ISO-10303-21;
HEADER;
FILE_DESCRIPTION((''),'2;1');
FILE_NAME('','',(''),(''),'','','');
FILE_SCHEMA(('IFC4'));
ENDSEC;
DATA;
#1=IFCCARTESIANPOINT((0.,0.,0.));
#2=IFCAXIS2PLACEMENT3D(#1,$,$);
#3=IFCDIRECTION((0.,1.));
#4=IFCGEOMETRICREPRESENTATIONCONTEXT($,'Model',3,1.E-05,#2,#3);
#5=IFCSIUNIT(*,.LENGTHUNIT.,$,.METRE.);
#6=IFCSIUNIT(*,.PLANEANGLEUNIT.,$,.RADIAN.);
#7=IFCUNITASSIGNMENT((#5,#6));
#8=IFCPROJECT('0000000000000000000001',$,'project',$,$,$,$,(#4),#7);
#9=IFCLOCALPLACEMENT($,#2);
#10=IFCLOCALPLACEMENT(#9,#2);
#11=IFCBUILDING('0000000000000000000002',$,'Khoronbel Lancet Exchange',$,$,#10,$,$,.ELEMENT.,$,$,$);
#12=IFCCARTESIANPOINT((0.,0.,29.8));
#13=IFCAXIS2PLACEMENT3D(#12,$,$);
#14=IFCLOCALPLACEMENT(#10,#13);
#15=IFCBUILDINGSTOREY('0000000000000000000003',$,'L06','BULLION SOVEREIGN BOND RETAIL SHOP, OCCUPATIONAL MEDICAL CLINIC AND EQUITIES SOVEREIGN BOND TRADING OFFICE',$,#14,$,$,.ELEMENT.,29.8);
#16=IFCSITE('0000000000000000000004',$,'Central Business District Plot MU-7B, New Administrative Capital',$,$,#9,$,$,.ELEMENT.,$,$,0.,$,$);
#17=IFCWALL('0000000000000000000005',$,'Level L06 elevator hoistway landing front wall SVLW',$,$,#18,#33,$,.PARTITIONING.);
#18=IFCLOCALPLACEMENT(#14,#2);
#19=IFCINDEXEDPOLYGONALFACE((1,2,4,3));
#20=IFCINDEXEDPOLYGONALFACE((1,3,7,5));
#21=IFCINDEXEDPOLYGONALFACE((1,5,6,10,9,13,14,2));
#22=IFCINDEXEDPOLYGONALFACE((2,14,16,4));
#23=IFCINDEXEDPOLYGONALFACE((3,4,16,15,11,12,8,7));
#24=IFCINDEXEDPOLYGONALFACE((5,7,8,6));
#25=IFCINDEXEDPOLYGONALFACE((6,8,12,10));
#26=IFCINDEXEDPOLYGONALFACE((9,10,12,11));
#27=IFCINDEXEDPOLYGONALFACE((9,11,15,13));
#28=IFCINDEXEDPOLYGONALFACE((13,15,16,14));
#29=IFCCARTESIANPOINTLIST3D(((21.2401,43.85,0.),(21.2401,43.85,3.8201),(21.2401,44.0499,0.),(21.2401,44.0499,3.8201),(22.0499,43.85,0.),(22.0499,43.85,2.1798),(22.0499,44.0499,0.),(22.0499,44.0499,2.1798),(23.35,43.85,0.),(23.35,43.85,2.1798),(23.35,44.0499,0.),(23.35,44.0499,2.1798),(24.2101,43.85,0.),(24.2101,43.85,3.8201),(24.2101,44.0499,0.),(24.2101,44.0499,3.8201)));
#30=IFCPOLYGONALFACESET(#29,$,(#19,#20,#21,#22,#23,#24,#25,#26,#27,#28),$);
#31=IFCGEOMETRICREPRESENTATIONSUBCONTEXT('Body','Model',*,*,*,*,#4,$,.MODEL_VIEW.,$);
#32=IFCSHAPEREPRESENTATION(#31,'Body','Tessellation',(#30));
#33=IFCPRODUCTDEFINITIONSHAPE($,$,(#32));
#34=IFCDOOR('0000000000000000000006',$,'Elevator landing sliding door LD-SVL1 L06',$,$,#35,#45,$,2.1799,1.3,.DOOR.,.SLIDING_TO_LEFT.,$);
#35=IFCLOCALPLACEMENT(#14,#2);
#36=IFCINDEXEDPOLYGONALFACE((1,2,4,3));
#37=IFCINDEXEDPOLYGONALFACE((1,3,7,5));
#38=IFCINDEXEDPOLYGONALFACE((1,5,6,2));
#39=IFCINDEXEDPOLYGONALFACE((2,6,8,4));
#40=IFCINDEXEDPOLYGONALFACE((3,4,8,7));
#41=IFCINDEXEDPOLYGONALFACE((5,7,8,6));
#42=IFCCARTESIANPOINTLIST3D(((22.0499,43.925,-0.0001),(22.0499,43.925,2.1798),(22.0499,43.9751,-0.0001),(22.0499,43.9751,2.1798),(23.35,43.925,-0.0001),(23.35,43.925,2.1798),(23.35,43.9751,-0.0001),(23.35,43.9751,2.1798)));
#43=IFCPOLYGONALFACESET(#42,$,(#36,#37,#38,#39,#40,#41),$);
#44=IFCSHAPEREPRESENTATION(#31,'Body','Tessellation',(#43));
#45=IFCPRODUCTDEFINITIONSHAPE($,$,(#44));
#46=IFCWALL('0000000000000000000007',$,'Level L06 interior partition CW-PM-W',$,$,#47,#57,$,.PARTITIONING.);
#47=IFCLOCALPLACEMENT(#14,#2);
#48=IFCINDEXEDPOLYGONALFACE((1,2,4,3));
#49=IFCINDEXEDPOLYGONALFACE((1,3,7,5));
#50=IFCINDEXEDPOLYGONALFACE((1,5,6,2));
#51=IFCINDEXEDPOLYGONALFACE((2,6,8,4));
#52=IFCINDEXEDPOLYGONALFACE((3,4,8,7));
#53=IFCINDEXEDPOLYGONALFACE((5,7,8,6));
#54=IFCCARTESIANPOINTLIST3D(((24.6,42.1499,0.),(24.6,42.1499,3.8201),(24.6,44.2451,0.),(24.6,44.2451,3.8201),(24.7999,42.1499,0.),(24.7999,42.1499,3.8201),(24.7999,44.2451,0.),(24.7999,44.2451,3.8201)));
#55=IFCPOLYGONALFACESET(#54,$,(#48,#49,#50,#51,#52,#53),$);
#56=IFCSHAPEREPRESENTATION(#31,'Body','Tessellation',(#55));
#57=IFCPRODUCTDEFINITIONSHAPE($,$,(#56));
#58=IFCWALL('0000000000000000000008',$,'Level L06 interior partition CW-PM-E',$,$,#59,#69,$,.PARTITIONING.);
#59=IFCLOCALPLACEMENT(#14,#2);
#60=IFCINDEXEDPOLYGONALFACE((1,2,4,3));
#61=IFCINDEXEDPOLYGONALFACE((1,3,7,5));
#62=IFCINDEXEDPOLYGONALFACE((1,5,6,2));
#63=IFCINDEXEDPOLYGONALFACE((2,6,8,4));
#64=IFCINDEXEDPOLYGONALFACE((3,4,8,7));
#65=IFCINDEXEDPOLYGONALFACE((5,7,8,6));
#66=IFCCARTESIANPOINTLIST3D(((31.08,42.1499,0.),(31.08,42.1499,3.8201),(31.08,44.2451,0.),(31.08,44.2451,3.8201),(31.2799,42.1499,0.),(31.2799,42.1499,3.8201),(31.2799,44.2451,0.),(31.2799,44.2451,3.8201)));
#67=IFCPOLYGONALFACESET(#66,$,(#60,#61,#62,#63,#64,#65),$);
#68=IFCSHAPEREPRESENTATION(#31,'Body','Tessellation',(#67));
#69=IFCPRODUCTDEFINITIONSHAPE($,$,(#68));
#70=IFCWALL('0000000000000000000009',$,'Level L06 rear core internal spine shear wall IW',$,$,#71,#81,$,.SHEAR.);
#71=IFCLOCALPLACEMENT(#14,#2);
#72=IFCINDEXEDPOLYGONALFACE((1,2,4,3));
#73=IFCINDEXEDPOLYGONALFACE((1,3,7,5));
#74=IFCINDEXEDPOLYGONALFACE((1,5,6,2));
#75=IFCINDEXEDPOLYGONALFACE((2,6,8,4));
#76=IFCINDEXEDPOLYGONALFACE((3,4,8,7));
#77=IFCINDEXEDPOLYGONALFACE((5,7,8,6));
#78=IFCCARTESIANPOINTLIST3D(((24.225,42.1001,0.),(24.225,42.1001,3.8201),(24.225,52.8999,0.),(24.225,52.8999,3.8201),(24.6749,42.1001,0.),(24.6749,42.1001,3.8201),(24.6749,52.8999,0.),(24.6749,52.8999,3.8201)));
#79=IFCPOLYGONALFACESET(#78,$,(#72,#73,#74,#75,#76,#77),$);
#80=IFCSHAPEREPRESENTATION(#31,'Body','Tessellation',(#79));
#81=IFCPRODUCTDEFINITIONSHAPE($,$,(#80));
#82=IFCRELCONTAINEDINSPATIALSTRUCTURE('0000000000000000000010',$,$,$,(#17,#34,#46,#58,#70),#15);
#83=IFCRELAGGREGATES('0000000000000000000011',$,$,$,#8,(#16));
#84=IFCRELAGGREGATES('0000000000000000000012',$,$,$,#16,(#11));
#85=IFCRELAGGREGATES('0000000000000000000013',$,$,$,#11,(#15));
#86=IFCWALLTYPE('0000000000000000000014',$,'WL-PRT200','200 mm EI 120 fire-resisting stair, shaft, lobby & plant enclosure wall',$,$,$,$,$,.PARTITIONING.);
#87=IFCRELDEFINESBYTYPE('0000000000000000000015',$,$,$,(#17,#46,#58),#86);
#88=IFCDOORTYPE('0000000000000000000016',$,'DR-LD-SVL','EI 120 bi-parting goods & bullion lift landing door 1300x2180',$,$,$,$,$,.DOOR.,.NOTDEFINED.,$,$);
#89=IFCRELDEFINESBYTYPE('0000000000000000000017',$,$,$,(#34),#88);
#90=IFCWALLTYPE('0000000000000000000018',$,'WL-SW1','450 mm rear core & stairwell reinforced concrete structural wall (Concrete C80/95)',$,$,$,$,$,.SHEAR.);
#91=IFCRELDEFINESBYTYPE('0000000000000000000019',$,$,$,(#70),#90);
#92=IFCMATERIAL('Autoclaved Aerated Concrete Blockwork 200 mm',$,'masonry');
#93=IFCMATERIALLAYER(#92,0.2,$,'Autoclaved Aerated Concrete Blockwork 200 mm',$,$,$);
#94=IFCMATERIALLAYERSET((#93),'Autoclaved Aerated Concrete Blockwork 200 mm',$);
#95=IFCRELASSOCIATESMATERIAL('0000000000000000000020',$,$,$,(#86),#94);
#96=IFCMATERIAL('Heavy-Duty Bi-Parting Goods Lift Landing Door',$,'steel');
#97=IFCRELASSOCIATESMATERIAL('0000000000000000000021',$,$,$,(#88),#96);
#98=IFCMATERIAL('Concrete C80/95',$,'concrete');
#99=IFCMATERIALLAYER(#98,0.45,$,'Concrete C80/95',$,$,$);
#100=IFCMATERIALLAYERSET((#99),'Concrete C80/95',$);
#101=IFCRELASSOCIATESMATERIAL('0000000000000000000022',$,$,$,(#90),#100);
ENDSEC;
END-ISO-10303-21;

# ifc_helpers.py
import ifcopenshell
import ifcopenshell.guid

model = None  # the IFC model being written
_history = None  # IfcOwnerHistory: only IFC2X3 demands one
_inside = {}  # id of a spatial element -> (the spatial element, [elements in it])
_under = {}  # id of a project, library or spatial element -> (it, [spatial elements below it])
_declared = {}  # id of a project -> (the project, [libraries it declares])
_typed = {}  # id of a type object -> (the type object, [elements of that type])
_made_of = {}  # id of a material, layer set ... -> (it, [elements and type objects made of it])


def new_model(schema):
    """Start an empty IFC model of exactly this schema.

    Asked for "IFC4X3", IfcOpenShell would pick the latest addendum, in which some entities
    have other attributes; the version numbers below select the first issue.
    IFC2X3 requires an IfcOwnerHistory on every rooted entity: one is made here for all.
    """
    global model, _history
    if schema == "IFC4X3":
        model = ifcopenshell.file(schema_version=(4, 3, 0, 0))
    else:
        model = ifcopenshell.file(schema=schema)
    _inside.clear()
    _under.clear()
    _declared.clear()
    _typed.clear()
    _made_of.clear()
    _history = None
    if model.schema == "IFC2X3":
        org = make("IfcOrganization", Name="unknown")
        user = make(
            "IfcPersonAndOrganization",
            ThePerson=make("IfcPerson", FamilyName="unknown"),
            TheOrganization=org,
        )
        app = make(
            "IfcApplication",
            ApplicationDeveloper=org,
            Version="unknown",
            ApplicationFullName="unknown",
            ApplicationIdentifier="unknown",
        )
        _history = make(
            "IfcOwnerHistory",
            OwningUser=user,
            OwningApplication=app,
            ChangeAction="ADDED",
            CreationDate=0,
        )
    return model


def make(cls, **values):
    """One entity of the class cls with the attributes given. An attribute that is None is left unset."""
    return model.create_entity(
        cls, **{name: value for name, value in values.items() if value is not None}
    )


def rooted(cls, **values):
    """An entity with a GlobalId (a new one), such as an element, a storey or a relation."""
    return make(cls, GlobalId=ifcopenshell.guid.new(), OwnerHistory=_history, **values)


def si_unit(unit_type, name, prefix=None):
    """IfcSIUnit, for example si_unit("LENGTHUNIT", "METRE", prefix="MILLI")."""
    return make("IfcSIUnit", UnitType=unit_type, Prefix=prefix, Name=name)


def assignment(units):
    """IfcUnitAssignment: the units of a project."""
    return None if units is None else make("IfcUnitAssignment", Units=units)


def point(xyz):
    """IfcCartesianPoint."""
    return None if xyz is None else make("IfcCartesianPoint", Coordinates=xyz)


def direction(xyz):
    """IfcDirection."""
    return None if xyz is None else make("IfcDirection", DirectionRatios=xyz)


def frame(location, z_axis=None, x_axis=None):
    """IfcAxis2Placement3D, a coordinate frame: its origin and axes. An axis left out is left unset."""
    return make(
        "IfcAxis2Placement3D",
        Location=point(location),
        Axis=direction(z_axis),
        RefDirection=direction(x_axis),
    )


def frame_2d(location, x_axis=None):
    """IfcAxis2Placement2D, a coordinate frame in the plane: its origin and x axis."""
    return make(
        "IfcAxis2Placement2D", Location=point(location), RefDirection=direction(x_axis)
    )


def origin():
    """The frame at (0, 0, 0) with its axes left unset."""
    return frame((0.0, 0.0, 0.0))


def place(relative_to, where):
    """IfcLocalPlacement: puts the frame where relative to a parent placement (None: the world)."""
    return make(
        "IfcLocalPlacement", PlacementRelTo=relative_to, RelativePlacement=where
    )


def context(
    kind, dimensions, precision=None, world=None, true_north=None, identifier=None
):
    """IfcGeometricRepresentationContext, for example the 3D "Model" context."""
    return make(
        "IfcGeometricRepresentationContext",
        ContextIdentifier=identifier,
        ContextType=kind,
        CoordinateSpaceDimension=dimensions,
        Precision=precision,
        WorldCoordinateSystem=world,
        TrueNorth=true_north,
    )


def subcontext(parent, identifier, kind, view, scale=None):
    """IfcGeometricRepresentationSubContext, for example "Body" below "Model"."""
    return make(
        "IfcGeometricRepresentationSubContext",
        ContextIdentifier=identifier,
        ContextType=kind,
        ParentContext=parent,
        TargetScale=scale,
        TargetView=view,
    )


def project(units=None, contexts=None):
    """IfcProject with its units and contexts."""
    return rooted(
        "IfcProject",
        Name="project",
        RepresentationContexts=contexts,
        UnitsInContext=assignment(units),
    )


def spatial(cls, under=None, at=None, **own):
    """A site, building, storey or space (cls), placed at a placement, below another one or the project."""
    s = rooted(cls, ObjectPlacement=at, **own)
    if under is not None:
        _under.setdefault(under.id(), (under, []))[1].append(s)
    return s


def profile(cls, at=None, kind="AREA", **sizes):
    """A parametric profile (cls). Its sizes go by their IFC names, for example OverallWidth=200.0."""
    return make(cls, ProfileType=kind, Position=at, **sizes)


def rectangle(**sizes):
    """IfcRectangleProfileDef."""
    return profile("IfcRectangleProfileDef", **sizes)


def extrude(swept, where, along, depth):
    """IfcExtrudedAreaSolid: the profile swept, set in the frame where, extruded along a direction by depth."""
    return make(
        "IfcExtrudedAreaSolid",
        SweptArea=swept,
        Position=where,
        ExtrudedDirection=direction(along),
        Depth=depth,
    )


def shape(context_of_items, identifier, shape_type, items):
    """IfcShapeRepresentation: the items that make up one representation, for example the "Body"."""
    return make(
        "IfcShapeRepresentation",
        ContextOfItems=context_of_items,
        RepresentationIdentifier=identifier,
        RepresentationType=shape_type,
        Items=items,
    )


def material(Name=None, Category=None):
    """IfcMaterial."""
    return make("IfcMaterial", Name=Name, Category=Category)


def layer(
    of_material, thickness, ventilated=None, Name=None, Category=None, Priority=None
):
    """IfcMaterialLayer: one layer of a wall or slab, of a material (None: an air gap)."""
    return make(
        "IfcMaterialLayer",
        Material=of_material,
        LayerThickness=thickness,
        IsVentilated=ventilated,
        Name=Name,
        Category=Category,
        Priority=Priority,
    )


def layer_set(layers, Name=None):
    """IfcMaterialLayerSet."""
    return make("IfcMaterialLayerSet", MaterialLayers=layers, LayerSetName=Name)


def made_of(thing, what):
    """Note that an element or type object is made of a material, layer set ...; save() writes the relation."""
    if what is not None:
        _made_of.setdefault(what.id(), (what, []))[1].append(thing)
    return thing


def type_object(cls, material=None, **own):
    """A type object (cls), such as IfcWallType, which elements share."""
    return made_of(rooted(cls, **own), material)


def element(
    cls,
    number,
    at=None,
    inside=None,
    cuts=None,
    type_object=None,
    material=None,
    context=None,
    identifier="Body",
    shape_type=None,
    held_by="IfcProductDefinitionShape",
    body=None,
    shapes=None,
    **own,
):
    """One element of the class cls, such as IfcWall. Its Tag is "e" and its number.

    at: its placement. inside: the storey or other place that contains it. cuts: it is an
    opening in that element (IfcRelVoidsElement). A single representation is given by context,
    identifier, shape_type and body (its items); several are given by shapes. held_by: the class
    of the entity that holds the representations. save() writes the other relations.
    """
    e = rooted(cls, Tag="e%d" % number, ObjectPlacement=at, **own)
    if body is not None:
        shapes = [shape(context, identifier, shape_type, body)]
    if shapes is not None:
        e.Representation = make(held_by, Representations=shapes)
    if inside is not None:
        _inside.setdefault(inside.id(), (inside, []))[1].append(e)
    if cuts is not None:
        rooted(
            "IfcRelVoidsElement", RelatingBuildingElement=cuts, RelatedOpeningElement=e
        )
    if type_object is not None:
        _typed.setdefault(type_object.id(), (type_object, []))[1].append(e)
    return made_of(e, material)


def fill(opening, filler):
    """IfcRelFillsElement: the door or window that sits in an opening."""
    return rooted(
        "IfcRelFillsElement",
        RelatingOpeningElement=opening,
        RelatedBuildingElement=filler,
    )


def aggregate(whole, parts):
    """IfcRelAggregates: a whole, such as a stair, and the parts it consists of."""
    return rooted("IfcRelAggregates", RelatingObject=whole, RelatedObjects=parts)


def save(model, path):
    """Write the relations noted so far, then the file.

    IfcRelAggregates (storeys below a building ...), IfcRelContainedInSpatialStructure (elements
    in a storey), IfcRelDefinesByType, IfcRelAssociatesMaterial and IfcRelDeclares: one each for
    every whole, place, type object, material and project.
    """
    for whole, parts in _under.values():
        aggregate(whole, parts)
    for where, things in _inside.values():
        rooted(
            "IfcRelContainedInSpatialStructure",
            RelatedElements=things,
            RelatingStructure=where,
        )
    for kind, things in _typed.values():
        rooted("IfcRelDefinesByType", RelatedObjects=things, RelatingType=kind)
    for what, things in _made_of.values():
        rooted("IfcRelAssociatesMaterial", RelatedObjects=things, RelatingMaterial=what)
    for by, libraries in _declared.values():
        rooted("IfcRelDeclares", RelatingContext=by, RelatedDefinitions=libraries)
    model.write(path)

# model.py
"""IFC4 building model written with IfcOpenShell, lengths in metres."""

from ifc_helpers import new_model, si_unit, direction, frame, frame_2d, origin, place, context, subcontext, project, spatial, rectangle, extrude, material, layer, layer_set, type_object, element, fill, save


model = new_model("IFC4")

# Units and contexts
model_context = context("Model", 3, precision=1e-05, world=origin(), true_north=direction((0.0, 1.0)))
body_context = subcontext(model_context, "Body", "Model", "MODEL_VIEW")
ifc_project = project(units=[si_unit("LENGTHUNIT", "METRE"), si_unit("PLANEANGLEUNIT", "RADIAN")], contexts=[model_context])

# Site, building, storey
site_placement = place(None, origin())
site = spatial("IfcSite", under=ifc_project, at=site_placement, Name="Central Business District Plot MU-7B, New Administrative Capital", CompositionType="ELEMENT", RefElevation=0.0)
building_placement = place(site_placement, origin())
building = spatial("IfcBuilding", under=site, at=building_placement, Name="Khoronbel Lancet Exchange", CompositionType="ELEMENT")
storey_placement = place(building_placement, frame((0.0, 0.0, 29.8)))
storey = spatial("IfcBuildingStorey", under=building, at=storey_placement, Name="L06", Description="BULLION SOVEREIGN BOND RETAIL SHOP, OCCUPATIONAL MEDICAL CLINIC AND EQUITIES SOVEREIGN BOND TRADING OFFICE", CompositionType="ELEMENT", Elevation=29.8)

# Shared definitions
ifc_material_1 = material(Name="Concrete C80/95", Category="concrete")

# Wall, opening, door
ifc_material_2 = material(Name="Autoclaved Aerated Concrete Blockwork 200 mm", Category="masonry")
ifc_layer_1 = layer(ifc_material_2, 0.2, Name="Autoclaved Aerated Concrete Blockwork 200 mm")
ifc_layer_set_1 = layer_set([ifc_layer_1], Name="Autoclaved Aerated Concrete Blockwork 200 mm")
wall_type_1 = type_object("IfcWallType", Name="WL-PRT200", Description="200 mm EI 120 fire-resisting stair, shaft, lobby & plant enclosure wall", PredefinedType="PARTITIONING", material=ifc_layer_set_1)
wall_1_placement = place(storey_placement, frame((24.21, 43.95, 0.0), z_axis=(0.0, 0.0, 1.0), x_axis=(-1.0, 0.0, 0.0)))
wall_1 = element("IfcWall", 1, at=wall_1_placement, inside=storey, type_object=wall_type_1, Name="Level L06 elevator hoistway landing front wall SVLW", PredefinedType="PARTITIONING", context=body_context, shape_type="SweptSolid", body=[
    extrude(rectangle(XDim=2.97, YDim=0.2, at=frame_2d((1.4849, 0.0))), origin(), (0.0, 0.0, 1.0), 3.8201),
])
opening_1_placement = place(wall_1_placement, frame((0.8601, 0.0, 0.0)))
opening_1 = element("IfcOpeningElement", 2, at=opening_1_placement, cuts=wall_1, PredefinedType="OPENING", context=body_context, shape_type="SweptSolid", body=[
    extrude(rectangle(XDim=1.3, YDim=2.1799, at=frame_2d((0.6499, 1.0898))), frame((0.0, 0.1099, 0.0), z_axis=(0.0, -1.0, 0.0), x_axis=(1.0, 0.0, 0.0)), (0.0, 0.0, 1.0), 0.22),
])
ifc_material_3 = material(Name="Heavy-Duty Bi-Parting Goods Lift Landing Door", Category="steel")
door_type_1 = type_object("IfcDoorType", Name="DR-LD-SVL", Description="EI 120 bi-parting goods & bullion lift landing door 1300x2180", OperationType="NOTDEFINED", PredefinedType="DOOR", material=ifc_material_3)
door_1_placement = place(opening_1_placement, origin())
door_1 = element("IfcDoor", 3, at=door_1_placement, inside=storey, type_object=door_type_1, Name="Elevator landing sliding door LD-SVL1 L06", OperationType="SLIDING_TO_LEFT", OverallHeight=2.1799, OverallWidth=1.3, PredefinedType="DOOR", context=body_context, shape_type="SweptSolid", body=[
    extrude(rectangle(XDim=1.3, YDim=2.1799, at=frame_2d((0.6499, 1.0898))), frame((0.0, 0.0249, 0.0), z_axis=(0.0, -1.0, 0.0), x_axis=(1.0, 0.0, 0.0)), (0.0, 0.0, 1.0), 0.05),
])
fill(opening_1, door_1)

# Walls
for number, where, z_axis, x_axis, name in (
    (4, (24.7, 42.1499, 0.0), (0.0, 0.0, 1.0), (0.0, 1.0, 0.0), "Level L06 interior partition CW-PM-W"),
    (5, (31.1799, 42.1499, 0.0), (0.0, 0.0, 1.0), (0.0, 1.0, 0.0), "Level L06 interior partition CW-PM-E"),
):
    element("IfcWall", number, at=place(storey_placement, frame(where, z_axis=z_axis, x_axis=x_axis)), inside=storey, type_object=wall_type_1, Name=name, PredefinedType="PARTITIONING", context=body_context, shape_type="SweptSolid", body=[
        extrude(rectangle(XDim=2.0952, YDim=0.2, at=frame_2d((1.0476, 0.0))), origin(), (0.0, 0.0, 1.0), 3.8201),
    ])
ifc_layer_2 = layer(ifc_material_1, 0.45, Name="Concrete C80/95")
ifc_layer_set_2 = layer_set([ifc_layer_2], Name="Concrete C80/95")
wall_type_2 = type_object("IfcWallType", Name="WL-SW1", Description="450 mm rear core & stairwell reinforced concrete structural wall (Concrete C80/95)", PredefinedType="SHEAR", material=ifc_layer_set_2)
wall_2_placement = place(storey_placement, frame((24.45, 42.1001, 0.0), z_axis=(0.0, 0.0, 1.0), x_axis=(0.0, 1.0, 0.0)))
element("IfcWall", 6, at=wall_2_placement, inside=storey, type_object=wall_type_2, Name="Level L06 rear core internal spine shear wall IW", PredefinedType="SHEAR", context=body_context, shape_type="SweptSolid", body=[
    extrude(rectangle(XDim=10.7998, YDim=0.45, at=frame_2d((5.3999, 0.0))), origin(), (0.0, 0.0, 1.0), 3.8201),
])

save(model, "model.ifc")
